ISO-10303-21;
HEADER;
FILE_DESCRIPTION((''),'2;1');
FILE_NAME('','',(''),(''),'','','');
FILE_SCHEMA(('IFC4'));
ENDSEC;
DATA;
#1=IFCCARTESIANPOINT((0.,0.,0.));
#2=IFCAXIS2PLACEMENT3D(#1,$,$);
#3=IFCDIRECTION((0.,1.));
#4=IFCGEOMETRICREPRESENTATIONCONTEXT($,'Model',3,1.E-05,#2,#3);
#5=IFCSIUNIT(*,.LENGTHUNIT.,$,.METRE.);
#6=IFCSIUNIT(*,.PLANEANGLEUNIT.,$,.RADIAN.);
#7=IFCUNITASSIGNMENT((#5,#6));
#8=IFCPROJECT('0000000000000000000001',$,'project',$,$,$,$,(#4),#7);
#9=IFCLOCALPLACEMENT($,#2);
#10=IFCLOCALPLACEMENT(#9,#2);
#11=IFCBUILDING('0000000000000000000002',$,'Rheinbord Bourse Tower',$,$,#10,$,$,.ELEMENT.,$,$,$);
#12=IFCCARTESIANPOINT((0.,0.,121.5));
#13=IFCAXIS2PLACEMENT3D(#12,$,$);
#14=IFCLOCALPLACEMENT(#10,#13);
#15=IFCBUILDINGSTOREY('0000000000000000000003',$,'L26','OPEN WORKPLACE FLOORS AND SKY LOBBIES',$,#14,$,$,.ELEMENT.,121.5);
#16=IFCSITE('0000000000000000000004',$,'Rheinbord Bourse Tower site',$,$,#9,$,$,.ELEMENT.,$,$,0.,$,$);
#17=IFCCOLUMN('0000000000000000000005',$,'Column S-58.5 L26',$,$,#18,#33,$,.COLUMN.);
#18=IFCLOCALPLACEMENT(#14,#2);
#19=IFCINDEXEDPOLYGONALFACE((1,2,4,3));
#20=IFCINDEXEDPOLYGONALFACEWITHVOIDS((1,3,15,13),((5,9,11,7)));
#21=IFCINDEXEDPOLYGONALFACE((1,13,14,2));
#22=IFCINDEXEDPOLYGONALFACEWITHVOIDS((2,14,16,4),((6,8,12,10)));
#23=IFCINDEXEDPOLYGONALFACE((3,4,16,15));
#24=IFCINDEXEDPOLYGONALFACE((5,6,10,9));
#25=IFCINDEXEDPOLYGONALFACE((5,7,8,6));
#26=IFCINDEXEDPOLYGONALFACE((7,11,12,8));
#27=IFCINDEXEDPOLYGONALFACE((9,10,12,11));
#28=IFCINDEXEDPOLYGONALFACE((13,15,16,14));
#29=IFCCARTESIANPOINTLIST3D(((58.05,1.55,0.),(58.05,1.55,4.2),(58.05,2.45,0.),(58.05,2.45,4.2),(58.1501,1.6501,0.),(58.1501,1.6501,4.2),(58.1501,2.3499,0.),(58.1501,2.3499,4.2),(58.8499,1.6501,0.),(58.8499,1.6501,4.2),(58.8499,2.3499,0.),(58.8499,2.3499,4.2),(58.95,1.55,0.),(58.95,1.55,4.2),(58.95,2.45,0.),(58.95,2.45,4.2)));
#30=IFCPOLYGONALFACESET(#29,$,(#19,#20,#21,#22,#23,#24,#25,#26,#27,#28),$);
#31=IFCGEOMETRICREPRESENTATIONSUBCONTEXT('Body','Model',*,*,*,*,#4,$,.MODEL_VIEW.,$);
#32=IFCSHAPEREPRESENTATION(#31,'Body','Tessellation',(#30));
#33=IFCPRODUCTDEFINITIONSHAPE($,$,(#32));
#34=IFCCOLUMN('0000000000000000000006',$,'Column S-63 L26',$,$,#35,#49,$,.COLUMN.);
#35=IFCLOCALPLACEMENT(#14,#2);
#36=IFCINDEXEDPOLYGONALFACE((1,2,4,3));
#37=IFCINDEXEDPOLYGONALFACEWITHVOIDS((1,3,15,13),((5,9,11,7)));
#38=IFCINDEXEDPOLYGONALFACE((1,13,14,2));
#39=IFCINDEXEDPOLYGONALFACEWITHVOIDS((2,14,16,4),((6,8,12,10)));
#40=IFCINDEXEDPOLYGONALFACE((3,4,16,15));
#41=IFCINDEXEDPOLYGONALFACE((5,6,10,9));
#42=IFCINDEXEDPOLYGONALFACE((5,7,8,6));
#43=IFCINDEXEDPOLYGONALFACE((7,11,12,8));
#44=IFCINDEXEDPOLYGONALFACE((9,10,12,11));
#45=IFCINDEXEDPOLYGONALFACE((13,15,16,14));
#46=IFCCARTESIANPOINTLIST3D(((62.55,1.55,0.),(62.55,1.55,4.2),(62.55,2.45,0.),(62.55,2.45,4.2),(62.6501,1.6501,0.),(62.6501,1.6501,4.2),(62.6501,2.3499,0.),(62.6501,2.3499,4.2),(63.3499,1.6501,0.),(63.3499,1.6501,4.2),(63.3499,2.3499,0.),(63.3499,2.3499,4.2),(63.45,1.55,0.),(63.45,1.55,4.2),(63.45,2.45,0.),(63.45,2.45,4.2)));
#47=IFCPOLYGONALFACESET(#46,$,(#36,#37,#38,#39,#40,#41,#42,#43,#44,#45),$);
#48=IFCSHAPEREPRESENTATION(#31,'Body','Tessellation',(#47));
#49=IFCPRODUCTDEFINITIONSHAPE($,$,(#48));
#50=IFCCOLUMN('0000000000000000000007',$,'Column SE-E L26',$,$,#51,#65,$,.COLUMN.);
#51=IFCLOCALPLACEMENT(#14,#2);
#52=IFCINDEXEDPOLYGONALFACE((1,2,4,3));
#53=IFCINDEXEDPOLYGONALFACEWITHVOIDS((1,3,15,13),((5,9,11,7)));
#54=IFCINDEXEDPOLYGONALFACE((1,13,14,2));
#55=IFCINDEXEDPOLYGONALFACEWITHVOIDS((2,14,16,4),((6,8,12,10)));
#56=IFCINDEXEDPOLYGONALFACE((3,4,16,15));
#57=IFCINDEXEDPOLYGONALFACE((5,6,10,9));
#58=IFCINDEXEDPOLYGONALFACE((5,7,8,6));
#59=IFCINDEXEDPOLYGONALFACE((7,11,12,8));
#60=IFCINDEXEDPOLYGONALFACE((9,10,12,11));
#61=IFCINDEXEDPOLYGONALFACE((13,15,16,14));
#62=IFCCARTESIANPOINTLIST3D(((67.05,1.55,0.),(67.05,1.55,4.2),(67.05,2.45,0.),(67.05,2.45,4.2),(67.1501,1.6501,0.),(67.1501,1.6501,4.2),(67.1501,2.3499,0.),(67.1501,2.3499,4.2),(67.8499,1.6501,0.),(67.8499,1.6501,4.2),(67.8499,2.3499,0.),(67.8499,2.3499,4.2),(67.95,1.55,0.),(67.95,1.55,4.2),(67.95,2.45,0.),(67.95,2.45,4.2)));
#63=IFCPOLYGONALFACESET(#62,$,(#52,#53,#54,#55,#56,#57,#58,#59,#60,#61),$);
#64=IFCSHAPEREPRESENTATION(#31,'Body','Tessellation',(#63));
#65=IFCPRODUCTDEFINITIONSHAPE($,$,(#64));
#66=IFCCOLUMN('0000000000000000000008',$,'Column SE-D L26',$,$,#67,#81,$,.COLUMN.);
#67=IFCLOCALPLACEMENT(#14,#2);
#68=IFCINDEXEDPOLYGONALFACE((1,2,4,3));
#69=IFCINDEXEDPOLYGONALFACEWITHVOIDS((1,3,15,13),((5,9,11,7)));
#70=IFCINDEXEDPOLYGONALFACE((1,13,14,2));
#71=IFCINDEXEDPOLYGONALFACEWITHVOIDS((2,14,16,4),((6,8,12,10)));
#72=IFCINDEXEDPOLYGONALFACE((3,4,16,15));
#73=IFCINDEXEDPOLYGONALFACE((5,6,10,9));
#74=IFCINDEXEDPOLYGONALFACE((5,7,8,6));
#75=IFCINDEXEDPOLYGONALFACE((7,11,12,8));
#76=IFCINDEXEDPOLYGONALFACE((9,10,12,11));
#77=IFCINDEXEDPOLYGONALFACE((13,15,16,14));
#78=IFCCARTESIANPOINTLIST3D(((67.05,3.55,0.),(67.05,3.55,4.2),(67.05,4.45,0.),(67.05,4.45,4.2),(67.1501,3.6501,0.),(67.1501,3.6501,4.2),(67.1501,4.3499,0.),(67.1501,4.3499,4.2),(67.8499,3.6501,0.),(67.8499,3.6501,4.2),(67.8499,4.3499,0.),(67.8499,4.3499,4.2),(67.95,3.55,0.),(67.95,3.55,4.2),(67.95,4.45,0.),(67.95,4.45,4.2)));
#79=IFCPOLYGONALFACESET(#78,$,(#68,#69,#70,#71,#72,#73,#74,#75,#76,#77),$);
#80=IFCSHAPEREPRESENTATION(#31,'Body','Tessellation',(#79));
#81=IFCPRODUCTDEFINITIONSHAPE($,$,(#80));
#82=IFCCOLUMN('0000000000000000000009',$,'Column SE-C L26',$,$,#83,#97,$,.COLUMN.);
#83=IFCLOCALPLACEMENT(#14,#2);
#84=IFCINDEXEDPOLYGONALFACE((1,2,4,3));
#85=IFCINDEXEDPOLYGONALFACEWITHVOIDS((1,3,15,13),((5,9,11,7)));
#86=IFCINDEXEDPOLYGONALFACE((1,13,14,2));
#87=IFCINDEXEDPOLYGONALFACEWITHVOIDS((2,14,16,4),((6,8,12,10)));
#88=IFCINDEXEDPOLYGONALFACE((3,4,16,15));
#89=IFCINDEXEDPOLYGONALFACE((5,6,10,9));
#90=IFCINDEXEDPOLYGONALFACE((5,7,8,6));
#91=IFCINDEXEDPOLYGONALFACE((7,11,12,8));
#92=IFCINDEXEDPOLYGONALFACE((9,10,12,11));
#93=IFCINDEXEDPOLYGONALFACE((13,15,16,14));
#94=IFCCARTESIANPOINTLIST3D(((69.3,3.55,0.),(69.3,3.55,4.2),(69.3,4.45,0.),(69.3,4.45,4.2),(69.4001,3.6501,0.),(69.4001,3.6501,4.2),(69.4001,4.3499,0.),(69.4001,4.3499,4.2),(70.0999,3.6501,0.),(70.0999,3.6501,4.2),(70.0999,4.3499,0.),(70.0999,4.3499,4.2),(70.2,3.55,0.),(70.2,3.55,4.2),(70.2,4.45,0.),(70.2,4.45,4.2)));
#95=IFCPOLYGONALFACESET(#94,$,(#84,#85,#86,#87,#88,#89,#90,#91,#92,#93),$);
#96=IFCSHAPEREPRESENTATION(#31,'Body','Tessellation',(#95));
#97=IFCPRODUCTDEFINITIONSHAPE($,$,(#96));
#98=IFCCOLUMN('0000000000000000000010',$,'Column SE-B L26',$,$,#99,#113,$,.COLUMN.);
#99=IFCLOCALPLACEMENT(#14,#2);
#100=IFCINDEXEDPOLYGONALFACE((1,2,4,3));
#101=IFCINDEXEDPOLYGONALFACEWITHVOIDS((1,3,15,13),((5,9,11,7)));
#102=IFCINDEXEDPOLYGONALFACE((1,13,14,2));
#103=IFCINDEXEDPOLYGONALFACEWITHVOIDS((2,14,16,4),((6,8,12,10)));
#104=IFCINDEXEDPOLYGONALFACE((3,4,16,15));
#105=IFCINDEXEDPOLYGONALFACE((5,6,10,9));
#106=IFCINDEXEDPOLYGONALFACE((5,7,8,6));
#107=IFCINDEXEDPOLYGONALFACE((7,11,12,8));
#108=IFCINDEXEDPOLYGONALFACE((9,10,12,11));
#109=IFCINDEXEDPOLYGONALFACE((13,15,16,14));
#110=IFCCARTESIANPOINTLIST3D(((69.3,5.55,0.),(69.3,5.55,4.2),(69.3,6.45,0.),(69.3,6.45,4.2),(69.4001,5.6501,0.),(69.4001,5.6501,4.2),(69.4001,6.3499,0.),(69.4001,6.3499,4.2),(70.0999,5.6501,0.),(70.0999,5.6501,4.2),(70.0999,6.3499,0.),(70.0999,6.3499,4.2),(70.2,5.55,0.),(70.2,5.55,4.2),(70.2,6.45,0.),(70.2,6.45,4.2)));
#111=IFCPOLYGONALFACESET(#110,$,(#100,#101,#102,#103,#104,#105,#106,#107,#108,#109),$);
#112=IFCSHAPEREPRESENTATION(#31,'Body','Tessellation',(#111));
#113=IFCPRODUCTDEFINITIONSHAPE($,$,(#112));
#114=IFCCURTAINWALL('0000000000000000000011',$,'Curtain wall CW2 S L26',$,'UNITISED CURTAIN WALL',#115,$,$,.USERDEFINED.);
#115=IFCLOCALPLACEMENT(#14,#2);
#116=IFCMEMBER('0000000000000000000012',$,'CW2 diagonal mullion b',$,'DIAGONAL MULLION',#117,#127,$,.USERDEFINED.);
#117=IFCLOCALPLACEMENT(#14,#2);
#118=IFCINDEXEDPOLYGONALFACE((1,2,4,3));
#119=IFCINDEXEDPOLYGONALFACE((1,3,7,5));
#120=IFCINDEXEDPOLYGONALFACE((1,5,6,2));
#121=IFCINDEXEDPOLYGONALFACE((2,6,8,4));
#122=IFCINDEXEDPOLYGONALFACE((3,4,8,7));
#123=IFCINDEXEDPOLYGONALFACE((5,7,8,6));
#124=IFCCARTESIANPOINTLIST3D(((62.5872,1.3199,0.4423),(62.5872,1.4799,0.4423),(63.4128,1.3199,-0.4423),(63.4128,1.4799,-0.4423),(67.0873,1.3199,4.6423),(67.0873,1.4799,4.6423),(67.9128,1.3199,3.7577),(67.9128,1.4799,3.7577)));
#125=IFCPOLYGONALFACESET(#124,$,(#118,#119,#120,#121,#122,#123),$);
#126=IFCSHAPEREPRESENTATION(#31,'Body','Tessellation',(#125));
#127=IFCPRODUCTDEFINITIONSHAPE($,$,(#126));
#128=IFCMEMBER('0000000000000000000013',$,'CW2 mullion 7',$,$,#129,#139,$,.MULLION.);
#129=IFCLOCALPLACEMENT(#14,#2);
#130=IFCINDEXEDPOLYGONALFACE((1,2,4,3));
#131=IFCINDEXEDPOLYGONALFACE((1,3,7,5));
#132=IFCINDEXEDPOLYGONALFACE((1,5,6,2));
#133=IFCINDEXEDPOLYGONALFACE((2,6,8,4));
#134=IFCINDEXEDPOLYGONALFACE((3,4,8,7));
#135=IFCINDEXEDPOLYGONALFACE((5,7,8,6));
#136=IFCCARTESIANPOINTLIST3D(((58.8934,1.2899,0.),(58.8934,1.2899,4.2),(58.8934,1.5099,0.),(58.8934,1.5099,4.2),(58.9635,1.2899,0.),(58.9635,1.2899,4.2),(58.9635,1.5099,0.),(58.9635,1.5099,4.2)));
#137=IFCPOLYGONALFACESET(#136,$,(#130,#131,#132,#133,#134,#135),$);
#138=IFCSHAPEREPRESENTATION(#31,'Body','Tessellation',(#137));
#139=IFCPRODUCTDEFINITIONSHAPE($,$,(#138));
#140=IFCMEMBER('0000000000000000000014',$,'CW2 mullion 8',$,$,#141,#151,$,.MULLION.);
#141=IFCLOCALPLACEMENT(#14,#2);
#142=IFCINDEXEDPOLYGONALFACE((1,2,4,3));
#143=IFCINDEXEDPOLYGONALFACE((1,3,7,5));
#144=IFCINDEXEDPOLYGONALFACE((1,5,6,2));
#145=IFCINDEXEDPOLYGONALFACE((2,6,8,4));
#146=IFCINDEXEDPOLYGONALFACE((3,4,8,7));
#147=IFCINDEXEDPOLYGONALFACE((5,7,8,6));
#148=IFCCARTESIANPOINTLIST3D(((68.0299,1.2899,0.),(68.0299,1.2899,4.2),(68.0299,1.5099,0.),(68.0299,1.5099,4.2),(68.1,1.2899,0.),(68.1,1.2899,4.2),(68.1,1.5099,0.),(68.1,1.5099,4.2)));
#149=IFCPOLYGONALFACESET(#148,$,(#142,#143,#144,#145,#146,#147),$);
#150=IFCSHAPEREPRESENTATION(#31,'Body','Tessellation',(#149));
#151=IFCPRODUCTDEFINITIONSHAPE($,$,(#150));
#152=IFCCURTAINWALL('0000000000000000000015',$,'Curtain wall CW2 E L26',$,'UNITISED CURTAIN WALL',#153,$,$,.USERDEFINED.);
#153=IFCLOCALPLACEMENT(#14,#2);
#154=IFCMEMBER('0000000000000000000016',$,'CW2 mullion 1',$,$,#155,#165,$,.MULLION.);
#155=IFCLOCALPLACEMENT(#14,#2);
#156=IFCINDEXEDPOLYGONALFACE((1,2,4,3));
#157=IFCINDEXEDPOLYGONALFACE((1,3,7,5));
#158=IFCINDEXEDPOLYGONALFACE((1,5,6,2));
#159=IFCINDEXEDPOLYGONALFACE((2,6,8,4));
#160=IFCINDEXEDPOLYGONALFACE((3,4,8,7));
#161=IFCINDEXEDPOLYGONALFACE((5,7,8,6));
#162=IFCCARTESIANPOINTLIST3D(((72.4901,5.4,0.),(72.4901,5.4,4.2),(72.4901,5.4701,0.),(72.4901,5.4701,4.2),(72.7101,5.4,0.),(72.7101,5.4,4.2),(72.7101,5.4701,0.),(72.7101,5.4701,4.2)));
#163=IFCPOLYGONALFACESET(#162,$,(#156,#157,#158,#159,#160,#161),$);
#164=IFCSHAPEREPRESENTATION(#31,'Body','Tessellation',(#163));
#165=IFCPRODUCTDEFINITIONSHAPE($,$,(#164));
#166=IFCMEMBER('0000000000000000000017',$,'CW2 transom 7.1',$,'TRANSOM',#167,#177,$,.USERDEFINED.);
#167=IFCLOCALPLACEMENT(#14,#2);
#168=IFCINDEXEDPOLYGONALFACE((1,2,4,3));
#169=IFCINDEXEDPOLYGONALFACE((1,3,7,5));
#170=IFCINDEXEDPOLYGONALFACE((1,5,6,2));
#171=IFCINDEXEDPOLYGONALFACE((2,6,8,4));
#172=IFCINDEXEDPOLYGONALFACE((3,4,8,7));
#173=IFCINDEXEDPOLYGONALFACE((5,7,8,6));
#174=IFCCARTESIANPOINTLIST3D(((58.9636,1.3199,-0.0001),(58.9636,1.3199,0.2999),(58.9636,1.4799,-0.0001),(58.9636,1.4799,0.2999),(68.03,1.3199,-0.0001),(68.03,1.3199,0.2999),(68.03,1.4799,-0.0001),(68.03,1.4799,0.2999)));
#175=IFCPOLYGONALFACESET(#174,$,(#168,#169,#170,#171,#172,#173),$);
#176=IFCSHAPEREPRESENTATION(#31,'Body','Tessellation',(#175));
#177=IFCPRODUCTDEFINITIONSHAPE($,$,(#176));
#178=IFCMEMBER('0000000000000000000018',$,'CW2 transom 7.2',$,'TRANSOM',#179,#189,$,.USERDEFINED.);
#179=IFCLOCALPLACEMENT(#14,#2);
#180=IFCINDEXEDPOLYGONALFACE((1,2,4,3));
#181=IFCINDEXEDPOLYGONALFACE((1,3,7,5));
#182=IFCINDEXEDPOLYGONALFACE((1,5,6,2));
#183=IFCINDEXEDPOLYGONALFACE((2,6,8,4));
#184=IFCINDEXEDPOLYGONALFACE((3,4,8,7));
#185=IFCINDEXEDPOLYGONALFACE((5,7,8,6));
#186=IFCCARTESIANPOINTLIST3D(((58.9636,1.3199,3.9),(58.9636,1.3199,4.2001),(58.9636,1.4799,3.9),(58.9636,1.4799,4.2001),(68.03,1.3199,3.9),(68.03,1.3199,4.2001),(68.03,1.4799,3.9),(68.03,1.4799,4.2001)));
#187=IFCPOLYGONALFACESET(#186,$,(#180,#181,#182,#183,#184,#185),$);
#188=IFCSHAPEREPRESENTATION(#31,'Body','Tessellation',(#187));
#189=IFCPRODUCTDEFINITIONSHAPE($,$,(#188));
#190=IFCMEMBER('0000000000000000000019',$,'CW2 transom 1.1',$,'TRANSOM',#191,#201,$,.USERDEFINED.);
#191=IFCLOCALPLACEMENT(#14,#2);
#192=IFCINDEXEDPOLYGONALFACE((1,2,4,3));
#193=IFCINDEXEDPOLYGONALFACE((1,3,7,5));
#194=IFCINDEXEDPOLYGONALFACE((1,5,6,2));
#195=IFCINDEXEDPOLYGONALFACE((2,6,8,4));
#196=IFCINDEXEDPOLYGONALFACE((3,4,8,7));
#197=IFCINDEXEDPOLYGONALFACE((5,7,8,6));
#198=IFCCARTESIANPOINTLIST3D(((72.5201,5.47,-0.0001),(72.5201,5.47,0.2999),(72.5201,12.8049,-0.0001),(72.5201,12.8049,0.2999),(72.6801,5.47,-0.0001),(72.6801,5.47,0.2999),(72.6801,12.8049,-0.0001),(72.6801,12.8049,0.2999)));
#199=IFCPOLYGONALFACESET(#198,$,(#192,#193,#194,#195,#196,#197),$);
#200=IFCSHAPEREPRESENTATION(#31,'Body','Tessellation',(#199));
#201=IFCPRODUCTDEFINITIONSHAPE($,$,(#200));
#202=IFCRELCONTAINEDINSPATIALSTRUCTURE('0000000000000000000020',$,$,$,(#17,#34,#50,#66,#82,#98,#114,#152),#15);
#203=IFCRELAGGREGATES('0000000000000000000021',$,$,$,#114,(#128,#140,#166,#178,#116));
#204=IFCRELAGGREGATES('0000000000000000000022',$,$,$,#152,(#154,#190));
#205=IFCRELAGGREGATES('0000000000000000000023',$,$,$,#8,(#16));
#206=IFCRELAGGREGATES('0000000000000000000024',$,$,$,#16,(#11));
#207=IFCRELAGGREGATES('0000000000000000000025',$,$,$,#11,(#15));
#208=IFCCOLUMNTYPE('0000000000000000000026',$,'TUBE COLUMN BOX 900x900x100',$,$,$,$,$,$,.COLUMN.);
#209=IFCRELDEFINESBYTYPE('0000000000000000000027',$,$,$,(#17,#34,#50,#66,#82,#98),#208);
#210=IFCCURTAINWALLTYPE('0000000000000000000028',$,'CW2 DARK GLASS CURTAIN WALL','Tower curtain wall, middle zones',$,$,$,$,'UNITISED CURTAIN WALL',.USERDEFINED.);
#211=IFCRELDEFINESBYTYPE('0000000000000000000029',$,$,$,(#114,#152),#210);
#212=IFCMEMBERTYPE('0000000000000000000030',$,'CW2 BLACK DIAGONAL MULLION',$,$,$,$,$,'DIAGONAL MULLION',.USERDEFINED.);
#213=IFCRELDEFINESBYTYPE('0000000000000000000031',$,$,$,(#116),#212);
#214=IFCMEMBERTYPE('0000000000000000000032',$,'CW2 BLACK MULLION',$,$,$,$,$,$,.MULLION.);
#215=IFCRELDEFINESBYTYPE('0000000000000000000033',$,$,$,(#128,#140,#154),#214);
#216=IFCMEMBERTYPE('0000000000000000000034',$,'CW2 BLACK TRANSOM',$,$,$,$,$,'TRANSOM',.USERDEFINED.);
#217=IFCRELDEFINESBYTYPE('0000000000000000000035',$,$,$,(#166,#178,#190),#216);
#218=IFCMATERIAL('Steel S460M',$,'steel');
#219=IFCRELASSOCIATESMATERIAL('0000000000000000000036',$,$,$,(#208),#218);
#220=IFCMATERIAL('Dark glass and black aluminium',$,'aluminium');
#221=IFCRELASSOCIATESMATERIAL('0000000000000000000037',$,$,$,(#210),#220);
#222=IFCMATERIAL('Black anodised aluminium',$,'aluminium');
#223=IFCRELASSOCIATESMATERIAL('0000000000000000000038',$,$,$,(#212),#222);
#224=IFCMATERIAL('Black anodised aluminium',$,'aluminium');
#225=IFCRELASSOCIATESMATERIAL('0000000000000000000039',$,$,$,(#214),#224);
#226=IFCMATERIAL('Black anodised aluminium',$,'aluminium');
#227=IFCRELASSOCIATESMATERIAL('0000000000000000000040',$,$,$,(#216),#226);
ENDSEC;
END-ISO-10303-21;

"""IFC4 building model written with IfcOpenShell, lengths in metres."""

from ifc_helpers import new_model, si_unit, direction, frame, origin, origin_2d, place, context, subcontext, project, spatial, rectangle, hollow_rectangle, extrude, material, material_profile, profile_set, type_object, element, aggregate, save


model = new_model("IFC4")

# Units and contexts
model_context = context("Model", 3, precision=1e-05, world=origin(), true_north=direction((0.0, 1.0)))
body_context = subcontext(model_context, "Body", "Model", "MODEL_VIEW")
ifc_project = project(units=[si_unit("LENGTHUNIT", "METRE"), si_unit("PLANEANGLEUNIT", "RADIAN")], contexts=[model_context])

# Site, building, storey
site_placement = place(None, origin())
site = spatial("IfcSite", under=ifc_project, at=site_placement, Name="Rheinbord Bourse Tower site", CompositionType="ELEMENT", RefElevation=0.0)
building_placement = place(site_placement, origin())
building = spatial("IfcBuilding", under=site, at=building_placement, Name="Rheinbord Bourse Tower", CompositionType="ELEMENT")
storey_placement = place(building_placement, frame((0.0, 0.0, 121.5)))
storey = spatial("IfcBuildingStorey", under=building, at=storey_placement, Name="L26", Description="OPEN WORKPLACE FLOORS AND SKY LOBBIES", CompositionType="ELEMENT", Elevation=121.5)

# Columns
ifc_material_1 = material(Name="Steel S460M", Category="steel")
ifc_material_profile_1 = material_profile(ifc_material_1, hollow_rectangle(XDim=0.8999, YDim=0.8999, WallThickness=0.1001, at=origin_2d()), Name="BOX 900x900x100")
ifc_profile_set_1 = profile_set([ifc_material_profile_1], Name="Steel S460M")
column_type = type_object("IfcColumnType", Name="TUBE COLUMN BOX 900x900x100", PredefinedType="COLUMN", material=ifc_profile_set_1)
for number, where, z_axis, x_axis, name in (
    (1, (58.5, 2.0, 0.0), (0.0, 0.0, 1.0), (0.0, 1.0, 0.0), "Column S-58.5 L26"),
    (2, (63.0, 2.0, 0.0), (0.0, 0.0, 1.0), (0.0, 1.0, 0.0), "Column S-63 L26"),
    (3, (67.5, 2.0, 0.0), (0.0, 0.0, 1.0), (0.0, 1.0, 0.0), "Column SE-E L26"),
    (4, (67.5, 4.0, 0.0), (0.0, 0.0, 1.0), (0.0, 1.0, 0.0), "Column SE-D L26"),
    (5, (69.75, 4.0, 0.0), (0.0, 0.0, 1.0), (1.0, 0.0, 0.0), "Column SE-C L26"),
    (6, (69.75, 6.0, 0.0), (0.0, 0.0, 1.0), (1.0, 0.0, 0.0), "Column SE-B L26"),
):
    element("IfcColumn", number, at=place(storey_placement, frame(where, z_axis=z_axis, x_axis=x_axis)), inside=storey, type_object=column_type, Name=name, PredefinedType="COLUMN", context=body_context, shape_type="SweptSolid", body=[
        extrude(hollow_rectangle(XDim=0.8999, YDim=0.8999, WallThickness=0.1001, at=origin_2d()), origin(), (0.0, 0.0, 1.0), 4.2),
    ])

# Curtain wall, members
ifc_material_2 = material(Name="Dark glass and black aluminium", Category="aluminium")
curtain_wall_type = type_object("IfcCurtainWallType", Name="CW2 DARK GLASS CURTAIN WALL", Description="Tower curtain wall, middle zones", ElementType="UNITISED CURTAIN WALL", PredefinedType="USERDEFINED", material=ifc_material_2)
curtain_wall_1_placement = place(storey_placement, origin())
curtain_wall_1 = element("IfcCurtainWall", 7, at=curtain_wall_1_placement, inside=storey, type_object=curtain_wall_type, Name="Curtain wall CW2 S L26", ObjectType="UNITISED CURTAIN WALL", PredefinedType="USERDEFINED")
ifc_material_3 = material(Name="Black anodised aluminium", Category="aluminium")
ifc_material_profile_2 = material_profile(ifc_material_3, rectangle(XDim=0.1599, YDim=1.21, at=origin_2d()), Name="CW2 DIAGONAL MULLION 1210x160")
ifc_profile_set_2 = profile_set([ifc_material_profile_2], Name="Black anodised aluminium")
member_type_1 = type_object("IfcMemberType", Name="CW2 BLACK DIAGONAL MULLION", ElementType="DIAGONAL MULLION", PredefinedType="USERDEFINED", material=ifc_profile_set_2)
member_1_placement = place(storey_placement, frame((63.0, 1.3999, 0.0), z_axis=(0.731059, 0.0, 0.682314), x_axis=(0.0, 1.0, 0.0)))
member_1 = element("IfcMember", 8, at=member_1_placement, type_object=member_type_1, Name="CW2 diagonal mullion b", ObjectType="DIAGONAL MULLION", PredefinedType="USERDEFINED", context=body_context, shape_type="SweptSolid", body=[
    extrude(rectangle(XDim=0.1599, YDim=1.21, at=origin_2d()), origin(), (0.0, 0.0, 1.0), 6.1555),
])
ifc_material_4 = material(Name="Black anodised aluminium", Category="aluminium")
ifc_material_profile_3 = material_profile(ifc_material_4, rectangle(XDim=0.22, YDim=0.0701, at=origin_2d()), Name="CW2 MULLION 70x220")
ifc_profile_set_3 = profile_set([ifc_material_profile_3], Name="Black anodised aluminium")
member_type_2 = type_object("IfcMemberType", Name="CW2 BLACK MULLION", PredefinedType="MULLION", material=ifc_profile_set_3)
member_2_placement = place(storey_placement, frame((58.9285, 1.3999, 0.0), z_axis=(0.0, 0.0, 1.0), x_axis=(0.0, 1.0, 0.0)))
member_2 = element("IfcMember", 9, at=member_2_placement, type_object=member_type_2, Name="CW2 mullion 7", PredefinedType="MULLION", context=body_context, shape_type="SweptSolid", body=[
    extrude(rectangle(XDim=0.22, YDim=0.0701, at=origin_2d()), origin(), (0.0, 0.0, 1.0), 4.2),
])
member_3_placement = place(storey_placement, frame((68.0649, 1.3999, 0.0), z_axis=(0.0, 0.0, 1.0), x_axis=(0.0, 1.0, 0.0)))
member_3 = element("IfcMember", 10, at=member_3_placement, type_object=member_type_2, Name="CW2 mullion 8", PredefinedType="MULLION", context=body_context, shape_type="SweptSolid", body=[
    extrude(rectangle(XDim=0.22, YDim=0.0701, at=origin_2d()), origin(), (0.0, 0.0, 1.0), 4.2),
])

# Curtain wall, member
curtain_wall_2_placement = place(storey_placement, origin())
curtain_wall_2 = element("IfcCurtainWall", 11, at=curtain_wall_2_placement, inside=storey, type_object=curtain_wall_type, Name="Curtain wall CW2 E L26", ObjectType="UNITISED CURTAIN WALL", PredefinedType="USERDEFINED")
member_4_placement = place(storey_placement, frame((72.6001, 5.4351, 0.0), z_axis=(0.0, 0.0, 1.0), x_axis=(-1.0, 0.0, 0.0)))
member_4 = element("IfcMember", 12, at=member_4_placement, type_object=member_type_2, Name="CW2 mullion 1", PredefinedType="MULLION", context=body_context, shape_type="SweptSolid", body=[
    extrude(rectangle(XDim=0.22, YDim=0.0701, at=origin_2d()), origin(), (0.0, 0.0, 1.0), 4.2),
])

# Members
ifc_material_5 = material(Name="Black anodised aluminium", Category="aluminium")
ifc_material_profile_4 = material_profile(ifc_material_5, rectangle(XDim=0.1599, YDim=0.3, at=origin_2d()), Name="CW2 TRANSOM 300x160")
ifc_profile_set_4 = profile_set([ifc_material_profile_4], Name="Black anodised aluminium")
member_type_3 = type_object("IfcMemberType", Name="CW2 BLACK TRANSOM", ElementType="TRANSOM", PredefinedType="USERDEFINED", material=ifc_profile_set_4)
member_5_placement = place(storey_placement, frame((58.9636, 1.3999, 0.1499), z_axis=(1.0, 0.0, 0.0), x_axis=(0.0, 1.0, 0.0)))
member_5 = element("IfcMember", 13, at=member_5_placement, type_object=member_type_3, Name="CW2 transom 7.1", ObjectType="TRANSOM", PredefinedType="USERDEFINED", context=body_context, shape_type="SweptSolid", body=[
    extrude(rectangle(XDim=0.1599, YDim=0.3, at=origin_2d()), origin(), (0.0, 0.0, 1.0), 9.0664),
])
member_6_placement = place(storey_placement, frame((58.9636, 1.3999, 4.05), z_axis=(1.0, 0.0, 0.0), x_axis=(0.0, 1.0, 0.0)))
member_6 = element("IfcMember", 14, at=member_6_placement, type_object=member_type_3, Name="CW2 transom 7.2", ObjectType="TRANSOM", PredefinedType="USERDEFINED", context=body_context, shape_type="SweptSolid", body=[
    extrude(rectangle(XDim=0.1599, YDim=0.3, at=origin_2d()), origin(), (0.0, 0.0, 1.0), 9.0664),
])
member_7_placement = place(storey_placement, frame((72.6001, 5.47, 0.1499), z_axis=(0.0, 1.0, 0.0), x_axis=(-1.0, 0.0, 0.0)))
member_7 = element("IfcMember", 15, at=member_7_placement, type_object=member_type_3, Name="CW2 transom 1.1", ObjectType="TRANSOM", PredefinedType="USERDEFINED", context=body_context, shape_type="SweptSolid", body=[
    extrude(rectangle(XDim=0.1599, YDim=0.3, at=origin_2d()), origin(), (0.0, 0.0, 1.0), 7.335),
])

aggregate(curtain_wall_1, [member_2, member_3, member_5, member_6, member_1])
aggregate(curtain_wall_2, [member_4, member_7])

save(model, "model.ifc")
